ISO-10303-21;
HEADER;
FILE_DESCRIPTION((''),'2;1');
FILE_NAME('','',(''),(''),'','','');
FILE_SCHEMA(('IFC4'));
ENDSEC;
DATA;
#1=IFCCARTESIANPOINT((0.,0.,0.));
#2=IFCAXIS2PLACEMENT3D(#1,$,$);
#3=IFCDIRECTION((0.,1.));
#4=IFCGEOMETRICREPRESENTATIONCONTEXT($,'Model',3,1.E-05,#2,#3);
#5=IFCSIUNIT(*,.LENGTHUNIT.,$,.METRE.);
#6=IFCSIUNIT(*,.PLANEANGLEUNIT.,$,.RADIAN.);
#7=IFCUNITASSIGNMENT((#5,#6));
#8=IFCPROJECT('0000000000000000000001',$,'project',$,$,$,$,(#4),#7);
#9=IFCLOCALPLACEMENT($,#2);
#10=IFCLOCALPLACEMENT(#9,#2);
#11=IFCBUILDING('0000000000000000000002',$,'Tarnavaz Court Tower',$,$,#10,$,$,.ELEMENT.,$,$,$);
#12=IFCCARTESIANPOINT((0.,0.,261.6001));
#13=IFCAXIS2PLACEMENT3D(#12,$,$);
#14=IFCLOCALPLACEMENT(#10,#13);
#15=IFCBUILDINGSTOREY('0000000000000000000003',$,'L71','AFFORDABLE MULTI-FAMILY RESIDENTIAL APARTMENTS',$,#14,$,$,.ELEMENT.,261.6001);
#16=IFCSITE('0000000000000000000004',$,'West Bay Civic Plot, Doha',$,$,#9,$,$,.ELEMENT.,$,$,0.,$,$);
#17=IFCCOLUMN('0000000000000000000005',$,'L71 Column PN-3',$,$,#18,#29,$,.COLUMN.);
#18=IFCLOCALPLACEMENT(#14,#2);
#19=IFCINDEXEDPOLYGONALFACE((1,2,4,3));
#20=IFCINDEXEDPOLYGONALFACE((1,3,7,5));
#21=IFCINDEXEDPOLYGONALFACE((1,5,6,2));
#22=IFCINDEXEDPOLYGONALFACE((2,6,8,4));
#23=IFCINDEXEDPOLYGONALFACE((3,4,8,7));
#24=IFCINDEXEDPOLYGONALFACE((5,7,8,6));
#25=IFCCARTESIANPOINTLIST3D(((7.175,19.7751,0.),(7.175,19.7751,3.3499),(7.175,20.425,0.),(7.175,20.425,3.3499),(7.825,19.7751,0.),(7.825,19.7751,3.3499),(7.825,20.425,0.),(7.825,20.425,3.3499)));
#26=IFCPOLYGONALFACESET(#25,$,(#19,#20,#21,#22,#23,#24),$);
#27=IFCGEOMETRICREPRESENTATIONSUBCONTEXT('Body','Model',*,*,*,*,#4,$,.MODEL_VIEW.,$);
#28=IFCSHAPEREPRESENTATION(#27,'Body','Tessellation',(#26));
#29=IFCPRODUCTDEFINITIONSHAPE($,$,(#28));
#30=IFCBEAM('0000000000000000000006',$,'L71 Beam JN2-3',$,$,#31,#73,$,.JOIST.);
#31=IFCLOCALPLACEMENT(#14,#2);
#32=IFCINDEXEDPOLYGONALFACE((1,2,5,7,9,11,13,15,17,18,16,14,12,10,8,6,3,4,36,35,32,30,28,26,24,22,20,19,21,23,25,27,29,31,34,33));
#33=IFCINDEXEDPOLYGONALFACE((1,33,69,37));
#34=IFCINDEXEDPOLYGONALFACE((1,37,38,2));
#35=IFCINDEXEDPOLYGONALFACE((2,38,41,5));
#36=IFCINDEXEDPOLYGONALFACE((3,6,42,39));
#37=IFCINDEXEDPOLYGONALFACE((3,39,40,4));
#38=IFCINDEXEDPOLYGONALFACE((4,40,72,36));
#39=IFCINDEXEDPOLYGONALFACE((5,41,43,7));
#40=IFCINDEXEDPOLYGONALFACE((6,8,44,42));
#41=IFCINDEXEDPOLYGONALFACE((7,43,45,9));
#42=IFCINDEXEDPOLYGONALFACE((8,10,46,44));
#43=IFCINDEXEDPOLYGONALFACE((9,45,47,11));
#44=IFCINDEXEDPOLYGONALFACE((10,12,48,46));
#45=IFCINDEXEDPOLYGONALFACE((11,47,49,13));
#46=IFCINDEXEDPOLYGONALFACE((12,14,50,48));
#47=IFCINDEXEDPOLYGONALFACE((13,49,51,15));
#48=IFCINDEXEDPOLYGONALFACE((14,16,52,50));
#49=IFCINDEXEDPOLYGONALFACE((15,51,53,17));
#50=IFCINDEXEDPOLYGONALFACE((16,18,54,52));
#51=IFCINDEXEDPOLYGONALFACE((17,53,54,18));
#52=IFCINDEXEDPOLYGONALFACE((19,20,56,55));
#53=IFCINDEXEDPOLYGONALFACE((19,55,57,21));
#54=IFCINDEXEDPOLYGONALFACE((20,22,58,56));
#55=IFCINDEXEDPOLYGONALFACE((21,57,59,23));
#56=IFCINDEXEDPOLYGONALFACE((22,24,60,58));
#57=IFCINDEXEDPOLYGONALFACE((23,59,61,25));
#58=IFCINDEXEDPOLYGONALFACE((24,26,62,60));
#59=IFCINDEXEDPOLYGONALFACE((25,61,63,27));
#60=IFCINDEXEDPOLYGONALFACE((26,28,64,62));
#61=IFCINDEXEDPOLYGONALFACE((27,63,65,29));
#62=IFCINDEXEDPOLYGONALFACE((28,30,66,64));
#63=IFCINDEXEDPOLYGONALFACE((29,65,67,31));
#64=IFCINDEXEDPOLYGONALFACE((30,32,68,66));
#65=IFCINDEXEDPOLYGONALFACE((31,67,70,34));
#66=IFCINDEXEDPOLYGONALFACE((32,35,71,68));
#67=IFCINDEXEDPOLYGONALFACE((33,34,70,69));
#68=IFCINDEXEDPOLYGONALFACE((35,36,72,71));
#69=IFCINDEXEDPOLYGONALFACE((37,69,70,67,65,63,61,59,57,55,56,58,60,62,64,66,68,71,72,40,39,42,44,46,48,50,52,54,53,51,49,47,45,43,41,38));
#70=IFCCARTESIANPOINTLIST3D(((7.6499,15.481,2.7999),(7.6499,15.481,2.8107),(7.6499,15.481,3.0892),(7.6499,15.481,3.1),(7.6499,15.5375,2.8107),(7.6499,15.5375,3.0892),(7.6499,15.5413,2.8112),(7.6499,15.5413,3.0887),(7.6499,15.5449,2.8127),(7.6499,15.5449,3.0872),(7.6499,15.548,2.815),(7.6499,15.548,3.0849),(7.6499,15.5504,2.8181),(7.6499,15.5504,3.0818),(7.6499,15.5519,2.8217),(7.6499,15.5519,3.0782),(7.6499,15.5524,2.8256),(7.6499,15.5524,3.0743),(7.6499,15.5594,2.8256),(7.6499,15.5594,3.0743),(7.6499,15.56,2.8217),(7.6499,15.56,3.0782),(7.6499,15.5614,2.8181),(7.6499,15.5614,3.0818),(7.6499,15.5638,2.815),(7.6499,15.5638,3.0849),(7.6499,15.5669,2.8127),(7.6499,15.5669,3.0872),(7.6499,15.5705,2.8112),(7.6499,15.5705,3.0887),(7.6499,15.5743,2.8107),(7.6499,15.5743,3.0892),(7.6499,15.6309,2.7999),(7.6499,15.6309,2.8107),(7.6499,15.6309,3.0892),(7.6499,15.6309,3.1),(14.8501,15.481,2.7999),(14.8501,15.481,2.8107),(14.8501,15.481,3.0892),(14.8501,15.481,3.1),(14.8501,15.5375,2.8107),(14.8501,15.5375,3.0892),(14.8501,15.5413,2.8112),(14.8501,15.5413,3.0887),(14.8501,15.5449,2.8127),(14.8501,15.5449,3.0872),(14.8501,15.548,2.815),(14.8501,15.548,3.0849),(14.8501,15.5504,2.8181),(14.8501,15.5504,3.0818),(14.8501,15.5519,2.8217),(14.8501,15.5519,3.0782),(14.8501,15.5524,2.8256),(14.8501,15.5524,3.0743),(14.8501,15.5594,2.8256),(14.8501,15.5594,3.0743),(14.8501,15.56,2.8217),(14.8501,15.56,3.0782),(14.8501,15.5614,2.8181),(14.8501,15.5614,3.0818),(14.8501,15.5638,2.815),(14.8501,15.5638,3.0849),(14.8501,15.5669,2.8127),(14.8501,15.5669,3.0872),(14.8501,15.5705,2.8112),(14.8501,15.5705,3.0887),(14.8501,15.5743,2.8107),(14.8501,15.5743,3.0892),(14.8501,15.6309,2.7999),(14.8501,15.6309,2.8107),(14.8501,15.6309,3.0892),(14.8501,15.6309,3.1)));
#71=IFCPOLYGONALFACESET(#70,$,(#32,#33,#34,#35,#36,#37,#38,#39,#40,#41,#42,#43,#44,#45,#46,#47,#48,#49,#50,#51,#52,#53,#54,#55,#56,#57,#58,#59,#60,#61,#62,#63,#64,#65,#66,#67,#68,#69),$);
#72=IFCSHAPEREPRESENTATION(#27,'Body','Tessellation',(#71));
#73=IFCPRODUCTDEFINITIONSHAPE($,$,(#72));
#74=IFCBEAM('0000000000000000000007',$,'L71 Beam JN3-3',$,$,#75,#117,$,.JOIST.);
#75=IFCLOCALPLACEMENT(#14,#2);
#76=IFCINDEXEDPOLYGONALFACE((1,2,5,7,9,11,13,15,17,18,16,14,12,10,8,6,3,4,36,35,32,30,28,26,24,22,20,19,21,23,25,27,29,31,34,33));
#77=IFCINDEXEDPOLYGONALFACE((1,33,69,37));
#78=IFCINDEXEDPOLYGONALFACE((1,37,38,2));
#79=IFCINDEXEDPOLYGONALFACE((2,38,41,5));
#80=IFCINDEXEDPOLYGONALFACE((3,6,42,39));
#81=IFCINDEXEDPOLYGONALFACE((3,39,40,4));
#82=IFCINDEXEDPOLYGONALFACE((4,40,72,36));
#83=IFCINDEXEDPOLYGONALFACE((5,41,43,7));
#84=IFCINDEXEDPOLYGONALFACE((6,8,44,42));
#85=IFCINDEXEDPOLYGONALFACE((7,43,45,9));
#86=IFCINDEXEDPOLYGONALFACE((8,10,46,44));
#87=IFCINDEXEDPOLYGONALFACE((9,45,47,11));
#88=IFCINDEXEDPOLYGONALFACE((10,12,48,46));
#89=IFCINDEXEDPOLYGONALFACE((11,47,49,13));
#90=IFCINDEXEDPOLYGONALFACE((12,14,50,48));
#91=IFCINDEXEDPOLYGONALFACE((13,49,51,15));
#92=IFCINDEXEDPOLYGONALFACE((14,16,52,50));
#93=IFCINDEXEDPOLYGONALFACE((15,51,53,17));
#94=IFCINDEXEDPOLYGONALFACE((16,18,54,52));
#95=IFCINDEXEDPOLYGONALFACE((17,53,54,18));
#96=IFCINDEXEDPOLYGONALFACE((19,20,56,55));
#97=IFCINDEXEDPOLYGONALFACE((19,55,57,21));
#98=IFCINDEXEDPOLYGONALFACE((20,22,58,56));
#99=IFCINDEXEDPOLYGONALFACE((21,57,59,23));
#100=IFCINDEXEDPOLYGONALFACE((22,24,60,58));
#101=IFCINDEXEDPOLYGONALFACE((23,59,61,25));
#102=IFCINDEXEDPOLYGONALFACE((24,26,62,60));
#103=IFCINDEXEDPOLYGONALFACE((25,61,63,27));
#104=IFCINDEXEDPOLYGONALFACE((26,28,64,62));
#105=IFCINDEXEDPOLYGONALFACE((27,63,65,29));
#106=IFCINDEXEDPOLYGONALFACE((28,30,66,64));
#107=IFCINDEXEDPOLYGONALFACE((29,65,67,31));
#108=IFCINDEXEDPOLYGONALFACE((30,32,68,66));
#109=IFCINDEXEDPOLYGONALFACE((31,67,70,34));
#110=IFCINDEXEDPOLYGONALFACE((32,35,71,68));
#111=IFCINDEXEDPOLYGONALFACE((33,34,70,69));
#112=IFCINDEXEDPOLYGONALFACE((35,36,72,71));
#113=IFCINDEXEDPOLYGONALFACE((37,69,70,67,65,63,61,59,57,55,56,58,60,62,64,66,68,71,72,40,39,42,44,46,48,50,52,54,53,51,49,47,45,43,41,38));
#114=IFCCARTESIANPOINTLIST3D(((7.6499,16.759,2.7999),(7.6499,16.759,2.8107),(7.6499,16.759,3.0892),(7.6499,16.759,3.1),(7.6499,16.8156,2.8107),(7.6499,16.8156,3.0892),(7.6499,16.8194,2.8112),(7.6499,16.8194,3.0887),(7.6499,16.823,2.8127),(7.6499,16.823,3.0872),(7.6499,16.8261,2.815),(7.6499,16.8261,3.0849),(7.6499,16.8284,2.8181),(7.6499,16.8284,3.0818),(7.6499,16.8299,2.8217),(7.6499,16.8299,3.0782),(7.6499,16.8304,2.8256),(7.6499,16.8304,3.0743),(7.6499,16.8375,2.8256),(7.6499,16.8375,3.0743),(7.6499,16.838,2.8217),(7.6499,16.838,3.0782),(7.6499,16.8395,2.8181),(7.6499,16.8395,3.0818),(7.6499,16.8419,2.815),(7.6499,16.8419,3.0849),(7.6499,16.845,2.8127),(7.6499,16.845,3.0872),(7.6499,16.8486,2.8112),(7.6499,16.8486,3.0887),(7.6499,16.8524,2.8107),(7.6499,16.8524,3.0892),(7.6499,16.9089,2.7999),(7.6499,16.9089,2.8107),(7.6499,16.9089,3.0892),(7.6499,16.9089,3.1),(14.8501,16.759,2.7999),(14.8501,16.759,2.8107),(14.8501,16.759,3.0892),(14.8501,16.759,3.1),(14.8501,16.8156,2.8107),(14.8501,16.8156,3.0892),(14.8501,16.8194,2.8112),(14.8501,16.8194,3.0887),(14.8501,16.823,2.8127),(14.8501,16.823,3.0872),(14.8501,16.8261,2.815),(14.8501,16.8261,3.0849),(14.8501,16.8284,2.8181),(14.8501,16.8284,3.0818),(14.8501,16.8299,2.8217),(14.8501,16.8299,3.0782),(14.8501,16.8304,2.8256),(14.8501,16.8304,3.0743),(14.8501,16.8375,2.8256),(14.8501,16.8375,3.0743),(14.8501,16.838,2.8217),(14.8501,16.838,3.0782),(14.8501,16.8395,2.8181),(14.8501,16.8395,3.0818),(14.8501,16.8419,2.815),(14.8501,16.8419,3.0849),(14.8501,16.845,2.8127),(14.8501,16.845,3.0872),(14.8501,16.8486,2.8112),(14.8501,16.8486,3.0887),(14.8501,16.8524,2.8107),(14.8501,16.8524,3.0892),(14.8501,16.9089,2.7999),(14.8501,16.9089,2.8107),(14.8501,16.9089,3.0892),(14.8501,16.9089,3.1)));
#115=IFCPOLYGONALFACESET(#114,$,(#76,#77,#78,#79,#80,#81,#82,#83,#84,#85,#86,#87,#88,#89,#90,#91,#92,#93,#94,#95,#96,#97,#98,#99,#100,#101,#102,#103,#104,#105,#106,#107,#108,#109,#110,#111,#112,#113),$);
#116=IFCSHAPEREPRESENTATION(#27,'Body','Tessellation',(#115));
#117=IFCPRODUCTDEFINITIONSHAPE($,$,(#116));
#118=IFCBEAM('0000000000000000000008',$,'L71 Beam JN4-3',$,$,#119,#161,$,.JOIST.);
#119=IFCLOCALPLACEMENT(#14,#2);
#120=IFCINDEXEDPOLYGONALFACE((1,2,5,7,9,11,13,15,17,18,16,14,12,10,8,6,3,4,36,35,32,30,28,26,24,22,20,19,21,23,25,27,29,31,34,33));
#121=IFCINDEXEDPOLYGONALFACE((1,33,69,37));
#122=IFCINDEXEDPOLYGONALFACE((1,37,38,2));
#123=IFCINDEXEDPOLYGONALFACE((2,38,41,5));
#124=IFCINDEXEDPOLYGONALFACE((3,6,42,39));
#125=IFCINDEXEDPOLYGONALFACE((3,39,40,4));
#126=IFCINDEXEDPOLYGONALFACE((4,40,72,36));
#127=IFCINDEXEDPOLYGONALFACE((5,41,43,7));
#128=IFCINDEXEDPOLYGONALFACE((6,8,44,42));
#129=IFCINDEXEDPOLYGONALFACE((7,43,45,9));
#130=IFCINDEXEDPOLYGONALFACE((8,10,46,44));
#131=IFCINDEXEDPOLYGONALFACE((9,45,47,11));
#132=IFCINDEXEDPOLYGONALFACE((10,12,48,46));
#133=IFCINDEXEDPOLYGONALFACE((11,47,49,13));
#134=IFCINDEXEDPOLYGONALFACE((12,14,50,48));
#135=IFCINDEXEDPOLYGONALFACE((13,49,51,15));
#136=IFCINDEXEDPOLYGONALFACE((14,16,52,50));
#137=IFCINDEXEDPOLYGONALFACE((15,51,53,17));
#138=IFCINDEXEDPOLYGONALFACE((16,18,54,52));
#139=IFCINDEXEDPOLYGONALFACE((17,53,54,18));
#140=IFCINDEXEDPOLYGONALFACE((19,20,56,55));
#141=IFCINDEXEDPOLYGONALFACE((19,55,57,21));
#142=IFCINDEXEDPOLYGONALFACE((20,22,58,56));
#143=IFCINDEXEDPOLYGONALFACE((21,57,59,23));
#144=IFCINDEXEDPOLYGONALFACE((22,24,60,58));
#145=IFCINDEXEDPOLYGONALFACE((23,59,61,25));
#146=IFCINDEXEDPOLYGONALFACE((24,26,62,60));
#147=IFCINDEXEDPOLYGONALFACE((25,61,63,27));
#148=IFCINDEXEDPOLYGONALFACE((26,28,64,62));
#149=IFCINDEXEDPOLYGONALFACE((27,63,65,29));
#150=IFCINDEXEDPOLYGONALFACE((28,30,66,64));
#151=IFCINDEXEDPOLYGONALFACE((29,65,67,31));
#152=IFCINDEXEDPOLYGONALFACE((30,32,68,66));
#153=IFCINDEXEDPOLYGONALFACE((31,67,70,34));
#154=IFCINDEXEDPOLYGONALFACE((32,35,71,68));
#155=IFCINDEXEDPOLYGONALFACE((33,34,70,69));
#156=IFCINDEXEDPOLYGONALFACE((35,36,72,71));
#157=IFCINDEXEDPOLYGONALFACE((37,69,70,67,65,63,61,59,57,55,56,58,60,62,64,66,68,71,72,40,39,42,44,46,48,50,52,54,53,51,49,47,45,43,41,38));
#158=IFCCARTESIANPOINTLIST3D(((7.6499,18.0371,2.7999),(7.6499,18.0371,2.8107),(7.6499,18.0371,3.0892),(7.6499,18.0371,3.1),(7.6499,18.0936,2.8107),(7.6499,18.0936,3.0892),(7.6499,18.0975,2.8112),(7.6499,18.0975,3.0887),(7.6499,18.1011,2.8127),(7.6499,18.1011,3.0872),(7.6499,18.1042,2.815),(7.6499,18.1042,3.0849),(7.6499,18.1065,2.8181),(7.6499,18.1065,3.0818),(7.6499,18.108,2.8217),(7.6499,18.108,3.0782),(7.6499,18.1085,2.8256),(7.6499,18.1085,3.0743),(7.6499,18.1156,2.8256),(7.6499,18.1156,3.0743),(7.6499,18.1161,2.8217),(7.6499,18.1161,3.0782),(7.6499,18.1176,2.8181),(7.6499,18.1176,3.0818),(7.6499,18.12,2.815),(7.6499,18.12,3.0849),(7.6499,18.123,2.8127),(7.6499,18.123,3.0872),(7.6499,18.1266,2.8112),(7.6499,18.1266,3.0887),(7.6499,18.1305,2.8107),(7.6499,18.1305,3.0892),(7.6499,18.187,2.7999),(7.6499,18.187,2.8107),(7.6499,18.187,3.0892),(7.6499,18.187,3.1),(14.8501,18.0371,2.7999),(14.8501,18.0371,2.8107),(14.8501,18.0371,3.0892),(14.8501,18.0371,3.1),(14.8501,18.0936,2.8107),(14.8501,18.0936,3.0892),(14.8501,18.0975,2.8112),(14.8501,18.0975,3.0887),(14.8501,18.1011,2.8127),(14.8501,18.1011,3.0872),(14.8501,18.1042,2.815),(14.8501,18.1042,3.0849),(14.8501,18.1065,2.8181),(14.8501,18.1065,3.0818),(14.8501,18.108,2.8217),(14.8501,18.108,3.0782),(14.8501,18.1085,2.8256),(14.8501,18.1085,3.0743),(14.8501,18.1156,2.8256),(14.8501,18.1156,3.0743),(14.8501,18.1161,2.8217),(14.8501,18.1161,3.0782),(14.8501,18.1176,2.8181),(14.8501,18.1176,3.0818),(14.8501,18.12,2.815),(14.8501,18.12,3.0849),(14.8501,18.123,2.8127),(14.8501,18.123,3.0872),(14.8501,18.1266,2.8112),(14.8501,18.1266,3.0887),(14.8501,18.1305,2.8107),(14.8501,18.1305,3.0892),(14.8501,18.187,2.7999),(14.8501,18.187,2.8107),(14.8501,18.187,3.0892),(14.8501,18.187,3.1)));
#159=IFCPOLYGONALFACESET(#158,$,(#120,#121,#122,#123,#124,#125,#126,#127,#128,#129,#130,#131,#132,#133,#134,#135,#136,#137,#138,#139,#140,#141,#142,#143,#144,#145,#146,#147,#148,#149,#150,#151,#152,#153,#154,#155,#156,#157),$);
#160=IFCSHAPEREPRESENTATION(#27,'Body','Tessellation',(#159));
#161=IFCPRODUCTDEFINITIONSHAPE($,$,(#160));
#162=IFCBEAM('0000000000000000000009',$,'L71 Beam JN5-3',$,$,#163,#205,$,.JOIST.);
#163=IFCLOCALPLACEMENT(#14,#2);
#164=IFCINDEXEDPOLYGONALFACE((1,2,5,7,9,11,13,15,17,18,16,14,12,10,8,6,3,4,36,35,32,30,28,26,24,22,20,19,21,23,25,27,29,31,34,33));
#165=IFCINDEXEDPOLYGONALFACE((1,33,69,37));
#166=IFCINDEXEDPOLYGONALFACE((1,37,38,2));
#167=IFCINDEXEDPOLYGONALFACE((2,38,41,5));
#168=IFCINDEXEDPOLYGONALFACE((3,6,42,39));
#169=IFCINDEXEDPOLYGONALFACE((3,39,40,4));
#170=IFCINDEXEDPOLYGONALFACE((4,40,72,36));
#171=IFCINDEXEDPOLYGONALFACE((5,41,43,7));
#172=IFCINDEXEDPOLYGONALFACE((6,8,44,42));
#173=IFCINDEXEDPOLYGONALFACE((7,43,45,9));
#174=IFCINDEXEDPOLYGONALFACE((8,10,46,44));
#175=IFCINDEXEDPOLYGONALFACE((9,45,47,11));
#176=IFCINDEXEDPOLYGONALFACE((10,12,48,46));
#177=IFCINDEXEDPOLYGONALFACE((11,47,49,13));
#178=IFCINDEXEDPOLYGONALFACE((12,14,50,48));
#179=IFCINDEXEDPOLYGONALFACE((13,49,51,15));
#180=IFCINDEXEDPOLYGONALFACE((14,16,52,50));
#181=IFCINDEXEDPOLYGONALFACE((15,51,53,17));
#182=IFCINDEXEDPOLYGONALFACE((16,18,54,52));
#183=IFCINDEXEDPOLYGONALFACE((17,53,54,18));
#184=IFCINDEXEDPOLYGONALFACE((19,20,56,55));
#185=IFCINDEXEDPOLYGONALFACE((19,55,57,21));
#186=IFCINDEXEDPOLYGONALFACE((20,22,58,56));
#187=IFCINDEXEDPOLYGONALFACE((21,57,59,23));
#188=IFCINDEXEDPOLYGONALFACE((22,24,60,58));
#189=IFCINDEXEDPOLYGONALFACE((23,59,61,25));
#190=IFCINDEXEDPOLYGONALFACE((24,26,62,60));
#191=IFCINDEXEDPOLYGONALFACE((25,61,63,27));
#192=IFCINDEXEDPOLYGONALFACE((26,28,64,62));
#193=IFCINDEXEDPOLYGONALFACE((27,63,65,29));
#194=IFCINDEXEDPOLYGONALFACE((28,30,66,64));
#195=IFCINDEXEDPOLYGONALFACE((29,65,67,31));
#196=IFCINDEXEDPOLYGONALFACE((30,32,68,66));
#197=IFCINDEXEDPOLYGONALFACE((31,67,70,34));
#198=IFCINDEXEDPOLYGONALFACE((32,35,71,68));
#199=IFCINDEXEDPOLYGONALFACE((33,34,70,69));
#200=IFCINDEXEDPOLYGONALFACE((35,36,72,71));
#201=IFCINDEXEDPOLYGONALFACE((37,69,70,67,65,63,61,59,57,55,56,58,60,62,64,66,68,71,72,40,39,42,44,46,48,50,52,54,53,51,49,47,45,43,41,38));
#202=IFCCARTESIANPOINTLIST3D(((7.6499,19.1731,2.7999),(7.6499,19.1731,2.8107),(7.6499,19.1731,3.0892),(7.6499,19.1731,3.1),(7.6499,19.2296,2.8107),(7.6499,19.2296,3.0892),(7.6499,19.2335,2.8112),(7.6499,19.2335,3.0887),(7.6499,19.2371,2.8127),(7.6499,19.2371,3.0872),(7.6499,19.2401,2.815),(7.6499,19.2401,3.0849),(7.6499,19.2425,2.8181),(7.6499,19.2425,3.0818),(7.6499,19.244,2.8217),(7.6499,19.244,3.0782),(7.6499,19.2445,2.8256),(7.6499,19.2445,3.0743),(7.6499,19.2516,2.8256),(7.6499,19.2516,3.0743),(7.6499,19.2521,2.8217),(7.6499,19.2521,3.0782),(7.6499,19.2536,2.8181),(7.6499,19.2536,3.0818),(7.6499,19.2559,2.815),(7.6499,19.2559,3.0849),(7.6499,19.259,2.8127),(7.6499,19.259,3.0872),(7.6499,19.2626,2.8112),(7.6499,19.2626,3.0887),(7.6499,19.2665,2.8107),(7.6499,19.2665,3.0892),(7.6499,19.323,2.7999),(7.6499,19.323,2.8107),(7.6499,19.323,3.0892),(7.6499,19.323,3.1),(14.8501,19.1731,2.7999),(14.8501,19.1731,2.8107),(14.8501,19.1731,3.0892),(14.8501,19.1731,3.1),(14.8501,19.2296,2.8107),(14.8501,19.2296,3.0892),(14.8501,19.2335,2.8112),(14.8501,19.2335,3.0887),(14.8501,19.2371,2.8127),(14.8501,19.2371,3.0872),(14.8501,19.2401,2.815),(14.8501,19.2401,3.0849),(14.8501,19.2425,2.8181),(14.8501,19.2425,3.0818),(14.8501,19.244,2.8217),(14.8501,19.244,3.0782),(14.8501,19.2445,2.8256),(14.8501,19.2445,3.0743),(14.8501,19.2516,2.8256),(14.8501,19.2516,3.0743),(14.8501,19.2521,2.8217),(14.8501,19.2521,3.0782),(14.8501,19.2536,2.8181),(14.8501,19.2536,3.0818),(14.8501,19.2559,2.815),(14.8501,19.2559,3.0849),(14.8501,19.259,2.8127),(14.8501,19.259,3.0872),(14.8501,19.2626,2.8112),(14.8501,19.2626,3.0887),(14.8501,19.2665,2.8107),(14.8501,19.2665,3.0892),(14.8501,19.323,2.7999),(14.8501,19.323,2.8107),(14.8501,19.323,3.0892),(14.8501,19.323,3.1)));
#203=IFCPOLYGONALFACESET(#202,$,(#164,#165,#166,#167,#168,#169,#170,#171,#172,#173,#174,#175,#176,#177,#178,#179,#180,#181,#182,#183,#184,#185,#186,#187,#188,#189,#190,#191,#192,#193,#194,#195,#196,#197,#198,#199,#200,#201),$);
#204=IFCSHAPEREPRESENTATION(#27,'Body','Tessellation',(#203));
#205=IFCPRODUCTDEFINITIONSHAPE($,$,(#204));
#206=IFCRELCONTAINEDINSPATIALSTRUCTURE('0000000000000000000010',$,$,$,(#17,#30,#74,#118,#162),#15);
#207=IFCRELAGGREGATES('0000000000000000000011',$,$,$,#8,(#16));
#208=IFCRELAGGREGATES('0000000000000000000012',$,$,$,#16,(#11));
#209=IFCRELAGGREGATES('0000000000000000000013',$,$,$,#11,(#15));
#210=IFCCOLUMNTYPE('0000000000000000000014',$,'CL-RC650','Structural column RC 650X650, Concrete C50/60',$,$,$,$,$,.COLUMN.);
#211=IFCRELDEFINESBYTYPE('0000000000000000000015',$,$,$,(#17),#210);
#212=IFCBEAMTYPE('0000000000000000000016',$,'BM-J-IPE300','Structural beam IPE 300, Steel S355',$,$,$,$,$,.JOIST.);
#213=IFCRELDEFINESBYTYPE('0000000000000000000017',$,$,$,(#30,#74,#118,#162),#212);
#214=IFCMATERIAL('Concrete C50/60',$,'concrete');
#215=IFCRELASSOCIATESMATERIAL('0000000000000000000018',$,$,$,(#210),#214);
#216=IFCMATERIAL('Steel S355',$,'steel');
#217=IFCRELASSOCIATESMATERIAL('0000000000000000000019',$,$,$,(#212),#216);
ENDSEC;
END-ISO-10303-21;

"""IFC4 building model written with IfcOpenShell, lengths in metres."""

from ifc_helpers import new_model, si_unit, direction, frame, origin, origin_2d, place, context, subcontext, project, spatial, rectangle, i_section, extrude, material, material_profile, profile_set, type_object, element, save


model = new_model("IFC4")

# Units and contexts
model_context = context("Model", 3, precision=1e-05, world=origin(), true_north=direction((0.0, 1.0)))
body_context = subcontext(model_context, "Body", "Model", "MODEL_VIEW")
ifc_project = project(units=[si_unit("LENGTHUNIT", "METRE"), si_unit("PLANEANGLEUNIT", "RADIAN")], contexts=[model_context])

# Site, building, storey
site_placement = place(None, origin())
site = spatial("IfcSite", under=ifc_project, at=site_placement, Name="West Bay Civic Plot, Doha", CompositionType="ELEMENT", RefElevation=0.0)
building_placement = place(site_placement, origin())
building = spatial("IfcBuilding", under=site, at=building_placement, Name="Tarnavaz Court Tower", CompositionType="ELEMENT")
storey_placement = place(building_placement, frame((0.0, 0.0, 261.6001)))
storey = spatial("IfcBuildingStorey", under=building, at=storey_placement, Name="L71", Description="AFFORDABLE MULTI-FAMILY RESIDENTIAL APARTMENTS", CompositionType="ELEMENT", Elevation=261.6001)

# Column
ifc_material_1 = material(Name="Concrete C50/60", Category="concrete")
ifc_material_profile_1 = material_profile(ifc_material_1, rectangle(XDim=0.6499, YDim=0.6499, at=origin_2d()), Name="RC 650X650")
ifc_profile_set_1 = profile_set([ifc_material_profile_1], Name="Concrete C50/60")
column_type = type_object("IfcColumnType", Name="CL-RC650", Description="Structural column RC 650X650, Concrete C50/60", PredefinedType="COLUMN", material=ifc_profile_set_1)
column_placement = place(storey_placement, frame((7.5, 20.1001, 0.0), z_axis=(0.0, 0.0, 1.0), x_axis=(1.0, 0.0, 0.0)))
element("IfcColumn", 1, at=column_placement, inside=storey, type_object=column_type, Name="L71 Column PN-3", PredefinedType="COLUMN", context=body_context, shape_type="SweptSolid", body=[
    extrude(rectangle(XDim=0.6499, YDim=0.6499, at=origin_2d()), origin(), (0.0, 0.0, 1.0), 3.3499),
])

# Beams
ifc_material_2 = material(Name="Steel S355", Category="steel")
ifc_material_profile_2 = material_profile(ifc_material_2, i_section(OverallWidth=0.1499, OverallDepth=0.3, WebThickness=0.0071, FlangeThickness=0.0107, FilletRadius=0.0149, at=origin_2d()), Name="IPE 300")
ifc_profile_set_2 = profile_set([ifc_material_profile_2], Name="Steel S355")
beam_type_1 = type_object("IfcBeamType", Name="BM-J-IPE300", Description="Structural beam IPE 300, Steel S355", PredefinedType="JOIST", material=ifc_profile_set_2)
for number, where, z_axis, x_axis, name in (
    (2, (7.6499, 15.5559, 2.95), (1.0, 0.0, 0.0), (0.0, 1.0, 0.0), "L71 Beam JN2-3"),
    (3, (7.6499, 16.834, 2.95), (1.0, 0.0, 0.0), (0.0, 1.0, 0.0), "L71 Beam JN3-3"),
    (4, (7.6499, 18.1121, 2.95), (1.0, 0.0, 0.0), (0.0, 1.0, 0.0), "L71 Beam JN4-3"),
    (5, (7.6499, 19.248, 2.95), (1.0, 0.0, 0.0), (0.0, 1.0, 0.0), "L71 Beam JN5-3"),
):
    element("IfcBeam", number, at=place(storey_placement, frame(where, z_axis=z_axis, x_axis=x_axis)), inside=storey, type_object=beam_type_1, Name=name, PredefinedType="JOIST", context=body_context, shape_type="SweptSolid", body=[
        extrude(i_section(OverallWidth=0.1499, OverallDepth=0.3, WebThickness=0.0071, FlangeThickness=0.0107, FilletRadius=0.0149, at=origin_2d()), origin(), (0.0, 0.0, 1.0), 7.2002),
    ])

save(model, "model.ifc")
